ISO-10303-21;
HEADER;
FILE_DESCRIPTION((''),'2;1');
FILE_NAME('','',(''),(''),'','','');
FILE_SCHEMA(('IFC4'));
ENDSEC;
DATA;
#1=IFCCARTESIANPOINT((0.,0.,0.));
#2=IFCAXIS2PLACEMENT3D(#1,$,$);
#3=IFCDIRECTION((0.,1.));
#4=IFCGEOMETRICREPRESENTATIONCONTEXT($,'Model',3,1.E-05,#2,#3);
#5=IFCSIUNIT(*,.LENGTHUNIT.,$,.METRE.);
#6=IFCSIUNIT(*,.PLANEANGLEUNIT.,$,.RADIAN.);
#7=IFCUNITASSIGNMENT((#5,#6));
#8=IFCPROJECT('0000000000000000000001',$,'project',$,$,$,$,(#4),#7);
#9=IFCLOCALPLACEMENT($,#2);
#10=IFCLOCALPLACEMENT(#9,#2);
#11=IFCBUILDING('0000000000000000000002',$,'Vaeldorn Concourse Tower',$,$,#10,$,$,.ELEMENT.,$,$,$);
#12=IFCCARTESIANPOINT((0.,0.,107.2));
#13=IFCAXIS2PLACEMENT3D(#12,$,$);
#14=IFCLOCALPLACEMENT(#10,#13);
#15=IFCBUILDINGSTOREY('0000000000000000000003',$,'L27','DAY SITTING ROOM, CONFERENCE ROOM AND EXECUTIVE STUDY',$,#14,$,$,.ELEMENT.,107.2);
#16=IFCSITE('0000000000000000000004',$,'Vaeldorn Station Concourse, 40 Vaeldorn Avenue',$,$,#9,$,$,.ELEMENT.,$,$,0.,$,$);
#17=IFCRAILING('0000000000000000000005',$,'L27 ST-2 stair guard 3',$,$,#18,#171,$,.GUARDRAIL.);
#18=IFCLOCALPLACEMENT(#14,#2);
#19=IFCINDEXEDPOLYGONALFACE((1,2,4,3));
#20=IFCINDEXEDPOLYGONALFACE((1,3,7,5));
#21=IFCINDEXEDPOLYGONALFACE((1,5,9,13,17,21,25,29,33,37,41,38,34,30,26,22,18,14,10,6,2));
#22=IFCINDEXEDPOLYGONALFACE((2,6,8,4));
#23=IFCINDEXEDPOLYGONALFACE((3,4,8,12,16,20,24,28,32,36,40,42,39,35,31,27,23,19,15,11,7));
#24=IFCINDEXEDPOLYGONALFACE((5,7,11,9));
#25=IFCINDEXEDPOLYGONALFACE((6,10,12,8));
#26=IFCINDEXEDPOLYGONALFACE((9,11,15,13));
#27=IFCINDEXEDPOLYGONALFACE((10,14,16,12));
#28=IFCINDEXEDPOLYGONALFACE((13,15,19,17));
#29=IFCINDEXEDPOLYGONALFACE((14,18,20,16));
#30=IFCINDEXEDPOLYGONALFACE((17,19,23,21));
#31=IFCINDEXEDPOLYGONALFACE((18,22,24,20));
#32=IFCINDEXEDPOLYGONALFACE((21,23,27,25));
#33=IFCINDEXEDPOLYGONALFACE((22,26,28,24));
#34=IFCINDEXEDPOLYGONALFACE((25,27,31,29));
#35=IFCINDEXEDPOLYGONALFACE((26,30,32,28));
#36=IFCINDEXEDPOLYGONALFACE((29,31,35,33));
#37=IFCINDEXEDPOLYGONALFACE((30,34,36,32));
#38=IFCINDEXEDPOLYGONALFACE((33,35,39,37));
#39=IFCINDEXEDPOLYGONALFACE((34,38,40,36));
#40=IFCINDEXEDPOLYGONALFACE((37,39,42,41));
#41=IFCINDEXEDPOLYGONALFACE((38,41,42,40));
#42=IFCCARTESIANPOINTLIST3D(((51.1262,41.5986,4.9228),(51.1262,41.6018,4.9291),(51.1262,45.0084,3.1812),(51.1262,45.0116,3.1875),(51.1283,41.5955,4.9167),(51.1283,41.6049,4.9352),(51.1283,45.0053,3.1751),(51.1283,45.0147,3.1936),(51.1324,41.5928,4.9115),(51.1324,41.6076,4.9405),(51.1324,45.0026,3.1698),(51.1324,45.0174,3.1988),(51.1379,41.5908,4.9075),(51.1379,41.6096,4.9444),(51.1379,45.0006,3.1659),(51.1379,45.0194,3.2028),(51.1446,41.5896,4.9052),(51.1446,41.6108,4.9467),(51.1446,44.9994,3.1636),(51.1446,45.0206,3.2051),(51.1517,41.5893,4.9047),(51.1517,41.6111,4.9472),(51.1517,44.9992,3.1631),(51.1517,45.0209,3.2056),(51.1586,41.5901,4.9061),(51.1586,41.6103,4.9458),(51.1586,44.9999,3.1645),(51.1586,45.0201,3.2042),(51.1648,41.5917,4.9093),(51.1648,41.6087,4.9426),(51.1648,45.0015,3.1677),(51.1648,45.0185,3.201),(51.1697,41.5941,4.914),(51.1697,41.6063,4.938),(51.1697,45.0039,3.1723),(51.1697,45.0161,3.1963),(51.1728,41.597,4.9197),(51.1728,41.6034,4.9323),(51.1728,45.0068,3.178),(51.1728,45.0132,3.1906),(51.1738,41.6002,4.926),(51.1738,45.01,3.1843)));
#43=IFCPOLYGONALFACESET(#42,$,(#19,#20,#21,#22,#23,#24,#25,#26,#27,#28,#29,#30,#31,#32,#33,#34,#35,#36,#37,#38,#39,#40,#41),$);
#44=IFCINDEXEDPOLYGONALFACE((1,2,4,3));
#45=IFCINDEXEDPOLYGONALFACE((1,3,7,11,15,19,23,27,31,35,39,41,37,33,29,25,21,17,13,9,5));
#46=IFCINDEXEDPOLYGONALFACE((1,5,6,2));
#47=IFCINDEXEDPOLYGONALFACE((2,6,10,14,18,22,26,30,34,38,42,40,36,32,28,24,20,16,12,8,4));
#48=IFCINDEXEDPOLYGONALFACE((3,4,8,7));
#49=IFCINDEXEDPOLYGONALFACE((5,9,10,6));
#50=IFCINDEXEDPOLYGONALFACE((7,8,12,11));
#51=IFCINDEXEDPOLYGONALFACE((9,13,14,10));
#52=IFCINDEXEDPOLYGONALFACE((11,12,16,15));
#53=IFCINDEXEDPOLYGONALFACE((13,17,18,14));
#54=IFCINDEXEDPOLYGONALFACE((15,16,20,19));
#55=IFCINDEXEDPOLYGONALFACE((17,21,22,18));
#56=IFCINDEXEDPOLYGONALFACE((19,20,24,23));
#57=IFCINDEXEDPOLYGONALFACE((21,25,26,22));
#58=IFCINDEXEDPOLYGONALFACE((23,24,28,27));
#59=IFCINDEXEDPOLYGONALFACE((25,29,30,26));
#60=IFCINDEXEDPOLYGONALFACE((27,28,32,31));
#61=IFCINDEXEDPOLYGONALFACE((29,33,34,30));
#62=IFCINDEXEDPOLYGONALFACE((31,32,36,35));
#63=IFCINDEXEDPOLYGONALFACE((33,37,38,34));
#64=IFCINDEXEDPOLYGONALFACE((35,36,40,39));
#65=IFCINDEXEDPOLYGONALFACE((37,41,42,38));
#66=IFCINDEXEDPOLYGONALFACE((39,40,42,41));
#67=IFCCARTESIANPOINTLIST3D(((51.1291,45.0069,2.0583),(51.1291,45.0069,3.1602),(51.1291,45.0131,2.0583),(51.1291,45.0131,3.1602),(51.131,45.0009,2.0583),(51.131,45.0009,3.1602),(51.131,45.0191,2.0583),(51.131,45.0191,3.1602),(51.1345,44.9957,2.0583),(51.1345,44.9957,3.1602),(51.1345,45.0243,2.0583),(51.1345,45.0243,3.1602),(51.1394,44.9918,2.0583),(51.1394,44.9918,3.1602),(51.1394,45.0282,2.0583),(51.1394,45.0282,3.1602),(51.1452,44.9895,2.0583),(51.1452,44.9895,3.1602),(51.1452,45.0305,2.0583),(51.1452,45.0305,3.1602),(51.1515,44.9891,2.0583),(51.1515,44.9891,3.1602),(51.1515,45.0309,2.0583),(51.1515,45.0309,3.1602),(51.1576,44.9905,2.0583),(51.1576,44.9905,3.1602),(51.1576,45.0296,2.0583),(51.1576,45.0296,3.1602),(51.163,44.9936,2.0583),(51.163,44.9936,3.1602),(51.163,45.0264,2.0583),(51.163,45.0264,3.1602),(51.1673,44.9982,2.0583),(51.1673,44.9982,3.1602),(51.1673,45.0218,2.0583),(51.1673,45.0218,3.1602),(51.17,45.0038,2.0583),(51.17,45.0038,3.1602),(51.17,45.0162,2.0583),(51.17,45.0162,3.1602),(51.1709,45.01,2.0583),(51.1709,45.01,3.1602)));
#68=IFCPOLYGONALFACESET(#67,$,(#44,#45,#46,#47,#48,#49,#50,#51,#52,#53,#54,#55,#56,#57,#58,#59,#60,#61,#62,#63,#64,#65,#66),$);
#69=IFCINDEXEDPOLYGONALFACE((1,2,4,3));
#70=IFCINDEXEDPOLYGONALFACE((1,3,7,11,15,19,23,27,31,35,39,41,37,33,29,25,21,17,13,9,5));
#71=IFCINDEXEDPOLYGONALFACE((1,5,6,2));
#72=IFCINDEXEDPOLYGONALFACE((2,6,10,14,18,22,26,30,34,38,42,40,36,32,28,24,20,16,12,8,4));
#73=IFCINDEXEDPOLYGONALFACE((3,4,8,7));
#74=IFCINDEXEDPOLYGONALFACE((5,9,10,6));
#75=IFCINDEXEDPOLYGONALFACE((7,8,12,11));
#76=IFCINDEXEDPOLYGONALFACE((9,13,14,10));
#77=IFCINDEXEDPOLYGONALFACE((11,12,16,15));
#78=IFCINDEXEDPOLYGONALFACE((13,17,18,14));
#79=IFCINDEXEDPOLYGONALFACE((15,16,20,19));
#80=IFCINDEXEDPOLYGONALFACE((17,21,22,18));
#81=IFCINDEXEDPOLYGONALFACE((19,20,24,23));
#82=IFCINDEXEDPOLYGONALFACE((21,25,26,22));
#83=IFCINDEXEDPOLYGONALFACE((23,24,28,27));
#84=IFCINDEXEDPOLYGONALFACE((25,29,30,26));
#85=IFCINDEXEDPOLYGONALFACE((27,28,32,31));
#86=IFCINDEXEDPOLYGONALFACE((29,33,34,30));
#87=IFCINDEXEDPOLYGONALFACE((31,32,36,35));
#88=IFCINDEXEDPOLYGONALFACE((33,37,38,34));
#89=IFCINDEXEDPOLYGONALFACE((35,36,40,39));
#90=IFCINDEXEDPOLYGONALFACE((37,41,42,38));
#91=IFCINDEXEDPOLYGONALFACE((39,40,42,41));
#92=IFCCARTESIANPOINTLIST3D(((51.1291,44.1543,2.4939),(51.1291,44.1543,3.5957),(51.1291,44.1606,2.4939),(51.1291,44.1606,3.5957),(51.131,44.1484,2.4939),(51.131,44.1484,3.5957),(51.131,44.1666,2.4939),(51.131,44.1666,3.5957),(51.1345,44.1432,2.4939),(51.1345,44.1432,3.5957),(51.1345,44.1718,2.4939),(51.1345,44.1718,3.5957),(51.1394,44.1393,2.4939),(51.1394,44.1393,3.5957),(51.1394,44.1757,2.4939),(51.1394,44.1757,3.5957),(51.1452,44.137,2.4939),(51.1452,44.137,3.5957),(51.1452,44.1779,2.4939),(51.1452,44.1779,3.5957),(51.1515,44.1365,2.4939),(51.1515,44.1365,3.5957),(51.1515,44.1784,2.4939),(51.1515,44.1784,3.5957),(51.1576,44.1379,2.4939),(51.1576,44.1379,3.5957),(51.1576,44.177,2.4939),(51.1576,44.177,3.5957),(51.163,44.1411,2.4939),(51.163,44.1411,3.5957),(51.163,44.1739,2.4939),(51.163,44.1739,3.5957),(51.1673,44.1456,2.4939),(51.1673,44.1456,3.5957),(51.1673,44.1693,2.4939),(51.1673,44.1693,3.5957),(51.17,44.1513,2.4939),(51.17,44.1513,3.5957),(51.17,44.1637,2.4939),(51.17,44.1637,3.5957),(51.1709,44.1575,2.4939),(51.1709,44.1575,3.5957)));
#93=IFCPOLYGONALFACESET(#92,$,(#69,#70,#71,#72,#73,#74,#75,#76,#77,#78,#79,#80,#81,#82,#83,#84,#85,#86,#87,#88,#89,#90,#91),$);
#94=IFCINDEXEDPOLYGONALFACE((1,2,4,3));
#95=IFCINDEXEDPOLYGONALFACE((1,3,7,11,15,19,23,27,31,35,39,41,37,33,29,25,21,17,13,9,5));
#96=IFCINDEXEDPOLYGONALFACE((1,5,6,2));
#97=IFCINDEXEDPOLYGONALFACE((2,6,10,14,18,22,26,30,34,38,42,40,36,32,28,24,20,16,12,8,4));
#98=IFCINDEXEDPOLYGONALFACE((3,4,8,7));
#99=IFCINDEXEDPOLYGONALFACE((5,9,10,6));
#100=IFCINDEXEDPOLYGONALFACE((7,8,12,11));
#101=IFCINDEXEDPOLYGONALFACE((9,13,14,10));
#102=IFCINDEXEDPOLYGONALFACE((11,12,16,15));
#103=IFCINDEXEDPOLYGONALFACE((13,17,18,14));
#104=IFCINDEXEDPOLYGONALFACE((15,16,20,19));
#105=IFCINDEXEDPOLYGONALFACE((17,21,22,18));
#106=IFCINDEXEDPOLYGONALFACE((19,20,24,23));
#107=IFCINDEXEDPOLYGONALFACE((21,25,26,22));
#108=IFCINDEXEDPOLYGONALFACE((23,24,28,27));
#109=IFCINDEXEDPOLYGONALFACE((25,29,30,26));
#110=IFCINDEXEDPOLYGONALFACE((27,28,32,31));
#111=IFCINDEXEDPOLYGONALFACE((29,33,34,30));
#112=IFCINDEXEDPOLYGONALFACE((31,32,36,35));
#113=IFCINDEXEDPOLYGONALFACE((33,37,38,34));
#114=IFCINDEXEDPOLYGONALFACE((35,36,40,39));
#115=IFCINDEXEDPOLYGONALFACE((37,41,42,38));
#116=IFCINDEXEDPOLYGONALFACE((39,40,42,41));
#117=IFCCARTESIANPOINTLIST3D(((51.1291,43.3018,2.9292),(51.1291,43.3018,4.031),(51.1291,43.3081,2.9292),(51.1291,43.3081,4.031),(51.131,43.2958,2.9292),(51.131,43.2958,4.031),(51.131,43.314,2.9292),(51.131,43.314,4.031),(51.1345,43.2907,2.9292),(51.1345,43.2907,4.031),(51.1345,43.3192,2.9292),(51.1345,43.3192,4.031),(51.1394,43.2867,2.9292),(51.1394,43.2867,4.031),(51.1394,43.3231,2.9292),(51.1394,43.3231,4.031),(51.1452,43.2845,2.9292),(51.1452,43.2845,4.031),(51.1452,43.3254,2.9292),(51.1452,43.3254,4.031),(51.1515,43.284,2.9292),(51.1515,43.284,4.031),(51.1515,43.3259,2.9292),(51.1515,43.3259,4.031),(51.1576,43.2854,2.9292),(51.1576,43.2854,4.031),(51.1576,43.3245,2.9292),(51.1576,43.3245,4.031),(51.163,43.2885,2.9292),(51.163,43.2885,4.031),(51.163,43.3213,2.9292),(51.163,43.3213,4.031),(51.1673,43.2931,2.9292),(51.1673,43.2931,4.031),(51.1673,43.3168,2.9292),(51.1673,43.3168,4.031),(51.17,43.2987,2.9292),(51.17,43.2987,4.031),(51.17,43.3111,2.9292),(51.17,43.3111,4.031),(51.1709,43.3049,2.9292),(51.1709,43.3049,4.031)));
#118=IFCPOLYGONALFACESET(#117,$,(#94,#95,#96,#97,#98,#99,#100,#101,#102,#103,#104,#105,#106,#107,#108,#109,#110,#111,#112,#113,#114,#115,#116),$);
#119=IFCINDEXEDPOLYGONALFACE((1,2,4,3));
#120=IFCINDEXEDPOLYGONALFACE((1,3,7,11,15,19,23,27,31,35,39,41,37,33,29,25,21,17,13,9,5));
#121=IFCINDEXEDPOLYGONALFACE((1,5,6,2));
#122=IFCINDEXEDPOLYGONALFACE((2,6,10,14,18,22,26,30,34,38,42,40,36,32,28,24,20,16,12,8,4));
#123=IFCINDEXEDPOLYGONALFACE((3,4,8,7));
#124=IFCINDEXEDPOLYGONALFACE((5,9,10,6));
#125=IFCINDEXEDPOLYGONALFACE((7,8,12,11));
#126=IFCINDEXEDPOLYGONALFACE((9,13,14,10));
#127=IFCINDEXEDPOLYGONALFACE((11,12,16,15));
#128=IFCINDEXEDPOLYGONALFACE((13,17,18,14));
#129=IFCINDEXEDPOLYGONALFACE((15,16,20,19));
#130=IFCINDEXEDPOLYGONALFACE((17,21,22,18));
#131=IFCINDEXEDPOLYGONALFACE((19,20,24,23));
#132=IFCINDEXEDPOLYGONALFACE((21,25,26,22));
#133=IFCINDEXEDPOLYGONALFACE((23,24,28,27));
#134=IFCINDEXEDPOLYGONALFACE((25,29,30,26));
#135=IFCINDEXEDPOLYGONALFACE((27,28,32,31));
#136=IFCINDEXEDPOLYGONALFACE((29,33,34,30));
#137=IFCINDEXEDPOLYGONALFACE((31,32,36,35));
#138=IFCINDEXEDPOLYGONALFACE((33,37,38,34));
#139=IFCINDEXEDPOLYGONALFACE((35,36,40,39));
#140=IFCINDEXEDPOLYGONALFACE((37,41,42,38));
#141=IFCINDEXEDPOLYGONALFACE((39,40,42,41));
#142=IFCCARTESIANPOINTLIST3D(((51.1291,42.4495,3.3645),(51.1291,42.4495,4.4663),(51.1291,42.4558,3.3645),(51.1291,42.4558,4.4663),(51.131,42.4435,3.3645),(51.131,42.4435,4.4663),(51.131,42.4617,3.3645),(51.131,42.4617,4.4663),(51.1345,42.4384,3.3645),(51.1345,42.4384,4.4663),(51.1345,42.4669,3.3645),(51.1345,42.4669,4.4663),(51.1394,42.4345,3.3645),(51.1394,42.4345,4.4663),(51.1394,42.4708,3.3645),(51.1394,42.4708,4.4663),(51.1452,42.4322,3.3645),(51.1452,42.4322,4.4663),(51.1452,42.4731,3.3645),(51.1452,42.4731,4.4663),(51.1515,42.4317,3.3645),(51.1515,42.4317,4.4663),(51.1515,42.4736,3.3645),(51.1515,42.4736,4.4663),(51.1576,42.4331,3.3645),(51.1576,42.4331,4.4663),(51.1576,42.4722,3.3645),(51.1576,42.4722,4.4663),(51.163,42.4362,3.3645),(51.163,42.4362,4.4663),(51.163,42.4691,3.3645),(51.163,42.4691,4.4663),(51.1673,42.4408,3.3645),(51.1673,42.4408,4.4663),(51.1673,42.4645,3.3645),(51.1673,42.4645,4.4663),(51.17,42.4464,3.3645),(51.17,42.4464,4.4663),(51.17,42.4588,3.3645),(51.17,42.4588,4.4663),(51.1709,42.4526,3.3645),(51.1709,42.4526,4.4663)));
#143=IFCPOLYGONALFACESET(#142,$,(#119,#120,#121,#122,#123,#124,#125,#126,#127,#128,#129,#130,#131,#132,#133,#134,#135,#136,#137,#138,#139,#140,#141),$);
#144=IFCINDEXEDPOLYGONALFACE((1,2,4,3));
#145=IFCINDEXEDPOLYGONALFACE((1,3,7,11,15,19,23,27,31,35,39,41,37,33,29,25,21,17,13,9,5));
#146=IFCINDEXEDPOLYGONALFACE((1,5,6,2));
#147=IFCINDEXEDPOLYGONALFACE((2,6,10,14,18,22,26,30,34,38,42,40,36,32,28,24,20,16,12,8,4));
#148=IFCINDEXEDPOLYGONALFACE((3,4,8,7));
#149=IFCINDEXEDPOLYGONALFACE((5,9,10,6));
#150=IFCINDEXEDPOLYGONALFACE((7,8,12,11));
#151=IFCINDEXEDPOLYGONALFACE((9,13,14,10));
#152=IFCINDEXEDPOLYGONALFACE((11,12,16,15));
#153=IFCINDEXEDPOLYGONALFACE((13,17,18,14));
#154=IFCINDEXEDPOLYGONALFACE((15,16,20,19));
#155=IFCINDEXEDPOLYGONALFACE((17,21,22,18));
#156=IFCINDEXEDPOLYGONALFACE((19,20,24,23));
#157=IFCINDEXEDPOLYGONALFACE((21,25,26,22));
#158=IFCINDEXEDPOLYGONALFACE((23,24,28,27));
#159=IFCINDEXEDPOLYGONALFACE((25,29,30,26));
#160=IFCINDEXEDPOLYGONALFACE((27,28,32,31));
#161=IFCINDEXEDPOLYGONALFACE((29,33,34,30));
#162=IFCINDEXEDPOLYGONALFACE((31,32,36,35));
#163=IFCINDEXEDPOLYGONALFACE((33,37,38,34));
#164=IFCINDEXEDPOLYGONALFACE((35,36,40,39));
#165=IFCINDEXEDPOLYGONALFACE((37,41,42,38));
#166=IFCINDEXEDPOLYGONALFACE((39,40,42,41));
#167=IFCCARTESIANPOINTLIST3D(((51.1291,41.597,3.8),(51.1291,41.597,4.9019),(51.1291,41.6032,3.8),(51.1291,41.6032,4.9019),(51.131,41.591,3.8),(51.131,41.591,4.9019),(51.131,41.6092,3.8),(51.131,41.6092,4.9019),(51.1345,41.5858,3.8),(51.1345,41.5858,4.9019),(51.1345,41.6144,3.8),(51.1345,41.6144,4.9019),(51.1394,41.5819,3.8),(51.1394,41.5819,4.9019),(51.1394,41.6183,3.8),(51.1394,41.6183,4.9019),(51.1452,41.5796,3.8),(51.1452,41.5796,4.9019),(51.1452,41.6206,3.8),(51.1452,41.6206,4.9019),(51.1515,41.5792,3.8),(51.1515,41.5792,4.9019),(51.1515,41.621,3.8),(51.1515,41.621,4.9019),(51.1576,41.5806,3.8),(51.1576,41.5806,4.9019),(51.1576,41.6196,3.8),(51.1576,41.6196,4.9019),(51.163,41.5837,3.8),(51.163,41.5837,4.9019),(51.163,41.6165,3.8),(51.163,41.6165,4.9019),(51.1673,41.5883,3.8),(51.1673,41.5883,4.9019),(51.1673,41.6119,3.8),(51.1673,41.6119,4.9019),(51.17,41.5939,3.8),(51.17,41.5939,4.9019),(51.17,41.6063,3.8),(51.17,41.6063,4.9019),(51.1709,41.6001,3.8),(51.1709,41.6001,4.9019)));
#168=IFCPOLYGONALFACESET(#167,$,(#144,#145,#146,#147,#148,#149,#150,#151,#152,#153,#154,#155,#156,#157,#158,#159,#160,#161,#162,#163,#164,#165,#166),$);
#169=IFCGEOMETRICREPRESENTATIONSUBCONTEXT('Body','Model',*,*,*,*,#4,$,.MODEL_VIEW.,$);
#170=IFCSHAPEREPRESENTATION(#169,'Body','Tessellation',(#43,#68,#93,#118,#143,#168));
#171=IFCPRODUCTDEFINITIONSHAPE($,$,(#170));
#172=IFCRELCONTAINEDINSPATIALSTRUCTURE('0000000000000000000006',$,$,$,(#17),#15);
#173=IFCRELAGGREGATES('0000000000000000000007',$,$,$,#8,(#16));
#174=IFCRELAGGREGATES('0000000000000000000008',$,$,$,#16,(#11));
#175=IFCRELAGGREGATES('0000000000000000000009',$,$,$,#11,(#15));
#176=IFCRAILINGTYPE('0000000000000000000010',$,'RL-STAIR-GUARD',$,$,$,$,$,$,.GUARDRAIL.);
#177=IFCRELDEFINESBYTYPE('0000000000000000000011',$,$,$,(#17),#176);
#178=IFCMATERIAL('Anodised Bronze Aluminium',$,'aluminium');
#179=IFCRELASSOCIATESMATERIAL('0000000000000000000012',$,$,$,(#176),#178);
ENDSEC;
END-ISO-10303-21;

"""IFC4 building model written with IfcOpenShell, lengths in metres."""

from ifc_helpers import new_model, si_unit, direction, frame, origin, origin_2d, place, context, subcontext, project, spatial, circle, extrude, material, type_object, element, save


model = new_model("IFC4")

# Units and contexts
model_context = context("Model", 3, precision=1e-05, world=origin(), true_north=direction((0.0, 1.0)))
body_context = subcontext(model_context, "Body", "Model", "MODEL_VIEW")
ifc_project = project(units=[si_unit("LENGTHUNIT", "METRE"), si_unit("PLANEANGLEUNIT", "RADIAN")], contexts=[model_context])

# Site, building, storey
site_placement = place(None, origin())
site = spatial("IfcSite", under=ifc_project, at=site_placement, Name="Vaeldorn Station Concourse, 40 Vaeldorn Avenue", CompositionType="ELEMENT", RefElevation=0.0)
building_placement = place(site_placement, origin())
building = spatial("IfcBuilding", under=site, at=building_placement, Name="Vaeldorn Concourse Tower", CompositionType="ELEMENT")
storey_placement = place(building_placement, frame((0.0, 0.0, 107.2)))
storey = spatial("IfcBuildingStorey", under=building, at=storey_placement, Name="L27", Description="DAY SITTING ROOM, CONFERENCE ROOM AND EXECUTIVE STUDY", CompositionType="ELEMENT", Elevation=107.2)

# Shared definitions
ifc_material_1 = material(Name="Anodised Bronze Aluminium", Category="aluminium")

# Railing
railing_type_1 = type_object("IfcRailingType", Name="RL-STAIR-GUARD", PredefinedType="GUARDRAIL", material=ifc_material_1)
railing_1_placement = place(storey_placement, frame((51.1499, 45.01, 2.0583)))
element("IfcRailing", 1, at=railing_1_placement, inside=storey, type_object=railing_type_1, Name="L27 ST-2 stair guard 3", PredefinedType="GUARDRAIL", context=body_context, shape_type="SweptSolid", body=[
    extrude(circle(Radius=0.0239, at=origin_2d()), frame((0.0, 0.0, 1.126), z_axis=(0.0, -0.890556, 0.454874), x_axis=(1.0, 0.0, 0.0)), (0.0, 0.0, 1.0), 3.8289),
    extrude(circle(Radius=0.021, at=origin_2d()), origin(), (0.0, 0.0, 1.0), 1.1018),
    extrude(circle(Radius=0.021, at=origin_2d()), frame((0.0, -0.8525, 0.4355)), (0.0, 0.0, 1.0), 1.1018),
    extrude(circle(Radius=0.021, at=origin_2d()), frame((0.0, -1.7051, 0.8708)), (0.0, 0.0, 1.0), 1.1018),
    extrude(circle(Radius=0.021, at=origin_2d()), frame((0.0, -2.5574, 1.3062)), (0.0, 0.0, 1.0), 1.1018),
    extrude(circle(Radius=0.021, at=origin_2d()), frame((0.0, -3.4099, 1.7417)), (0.0, 0.0, 1.0), 1.1018),
])

save(model, "model.ifc")
